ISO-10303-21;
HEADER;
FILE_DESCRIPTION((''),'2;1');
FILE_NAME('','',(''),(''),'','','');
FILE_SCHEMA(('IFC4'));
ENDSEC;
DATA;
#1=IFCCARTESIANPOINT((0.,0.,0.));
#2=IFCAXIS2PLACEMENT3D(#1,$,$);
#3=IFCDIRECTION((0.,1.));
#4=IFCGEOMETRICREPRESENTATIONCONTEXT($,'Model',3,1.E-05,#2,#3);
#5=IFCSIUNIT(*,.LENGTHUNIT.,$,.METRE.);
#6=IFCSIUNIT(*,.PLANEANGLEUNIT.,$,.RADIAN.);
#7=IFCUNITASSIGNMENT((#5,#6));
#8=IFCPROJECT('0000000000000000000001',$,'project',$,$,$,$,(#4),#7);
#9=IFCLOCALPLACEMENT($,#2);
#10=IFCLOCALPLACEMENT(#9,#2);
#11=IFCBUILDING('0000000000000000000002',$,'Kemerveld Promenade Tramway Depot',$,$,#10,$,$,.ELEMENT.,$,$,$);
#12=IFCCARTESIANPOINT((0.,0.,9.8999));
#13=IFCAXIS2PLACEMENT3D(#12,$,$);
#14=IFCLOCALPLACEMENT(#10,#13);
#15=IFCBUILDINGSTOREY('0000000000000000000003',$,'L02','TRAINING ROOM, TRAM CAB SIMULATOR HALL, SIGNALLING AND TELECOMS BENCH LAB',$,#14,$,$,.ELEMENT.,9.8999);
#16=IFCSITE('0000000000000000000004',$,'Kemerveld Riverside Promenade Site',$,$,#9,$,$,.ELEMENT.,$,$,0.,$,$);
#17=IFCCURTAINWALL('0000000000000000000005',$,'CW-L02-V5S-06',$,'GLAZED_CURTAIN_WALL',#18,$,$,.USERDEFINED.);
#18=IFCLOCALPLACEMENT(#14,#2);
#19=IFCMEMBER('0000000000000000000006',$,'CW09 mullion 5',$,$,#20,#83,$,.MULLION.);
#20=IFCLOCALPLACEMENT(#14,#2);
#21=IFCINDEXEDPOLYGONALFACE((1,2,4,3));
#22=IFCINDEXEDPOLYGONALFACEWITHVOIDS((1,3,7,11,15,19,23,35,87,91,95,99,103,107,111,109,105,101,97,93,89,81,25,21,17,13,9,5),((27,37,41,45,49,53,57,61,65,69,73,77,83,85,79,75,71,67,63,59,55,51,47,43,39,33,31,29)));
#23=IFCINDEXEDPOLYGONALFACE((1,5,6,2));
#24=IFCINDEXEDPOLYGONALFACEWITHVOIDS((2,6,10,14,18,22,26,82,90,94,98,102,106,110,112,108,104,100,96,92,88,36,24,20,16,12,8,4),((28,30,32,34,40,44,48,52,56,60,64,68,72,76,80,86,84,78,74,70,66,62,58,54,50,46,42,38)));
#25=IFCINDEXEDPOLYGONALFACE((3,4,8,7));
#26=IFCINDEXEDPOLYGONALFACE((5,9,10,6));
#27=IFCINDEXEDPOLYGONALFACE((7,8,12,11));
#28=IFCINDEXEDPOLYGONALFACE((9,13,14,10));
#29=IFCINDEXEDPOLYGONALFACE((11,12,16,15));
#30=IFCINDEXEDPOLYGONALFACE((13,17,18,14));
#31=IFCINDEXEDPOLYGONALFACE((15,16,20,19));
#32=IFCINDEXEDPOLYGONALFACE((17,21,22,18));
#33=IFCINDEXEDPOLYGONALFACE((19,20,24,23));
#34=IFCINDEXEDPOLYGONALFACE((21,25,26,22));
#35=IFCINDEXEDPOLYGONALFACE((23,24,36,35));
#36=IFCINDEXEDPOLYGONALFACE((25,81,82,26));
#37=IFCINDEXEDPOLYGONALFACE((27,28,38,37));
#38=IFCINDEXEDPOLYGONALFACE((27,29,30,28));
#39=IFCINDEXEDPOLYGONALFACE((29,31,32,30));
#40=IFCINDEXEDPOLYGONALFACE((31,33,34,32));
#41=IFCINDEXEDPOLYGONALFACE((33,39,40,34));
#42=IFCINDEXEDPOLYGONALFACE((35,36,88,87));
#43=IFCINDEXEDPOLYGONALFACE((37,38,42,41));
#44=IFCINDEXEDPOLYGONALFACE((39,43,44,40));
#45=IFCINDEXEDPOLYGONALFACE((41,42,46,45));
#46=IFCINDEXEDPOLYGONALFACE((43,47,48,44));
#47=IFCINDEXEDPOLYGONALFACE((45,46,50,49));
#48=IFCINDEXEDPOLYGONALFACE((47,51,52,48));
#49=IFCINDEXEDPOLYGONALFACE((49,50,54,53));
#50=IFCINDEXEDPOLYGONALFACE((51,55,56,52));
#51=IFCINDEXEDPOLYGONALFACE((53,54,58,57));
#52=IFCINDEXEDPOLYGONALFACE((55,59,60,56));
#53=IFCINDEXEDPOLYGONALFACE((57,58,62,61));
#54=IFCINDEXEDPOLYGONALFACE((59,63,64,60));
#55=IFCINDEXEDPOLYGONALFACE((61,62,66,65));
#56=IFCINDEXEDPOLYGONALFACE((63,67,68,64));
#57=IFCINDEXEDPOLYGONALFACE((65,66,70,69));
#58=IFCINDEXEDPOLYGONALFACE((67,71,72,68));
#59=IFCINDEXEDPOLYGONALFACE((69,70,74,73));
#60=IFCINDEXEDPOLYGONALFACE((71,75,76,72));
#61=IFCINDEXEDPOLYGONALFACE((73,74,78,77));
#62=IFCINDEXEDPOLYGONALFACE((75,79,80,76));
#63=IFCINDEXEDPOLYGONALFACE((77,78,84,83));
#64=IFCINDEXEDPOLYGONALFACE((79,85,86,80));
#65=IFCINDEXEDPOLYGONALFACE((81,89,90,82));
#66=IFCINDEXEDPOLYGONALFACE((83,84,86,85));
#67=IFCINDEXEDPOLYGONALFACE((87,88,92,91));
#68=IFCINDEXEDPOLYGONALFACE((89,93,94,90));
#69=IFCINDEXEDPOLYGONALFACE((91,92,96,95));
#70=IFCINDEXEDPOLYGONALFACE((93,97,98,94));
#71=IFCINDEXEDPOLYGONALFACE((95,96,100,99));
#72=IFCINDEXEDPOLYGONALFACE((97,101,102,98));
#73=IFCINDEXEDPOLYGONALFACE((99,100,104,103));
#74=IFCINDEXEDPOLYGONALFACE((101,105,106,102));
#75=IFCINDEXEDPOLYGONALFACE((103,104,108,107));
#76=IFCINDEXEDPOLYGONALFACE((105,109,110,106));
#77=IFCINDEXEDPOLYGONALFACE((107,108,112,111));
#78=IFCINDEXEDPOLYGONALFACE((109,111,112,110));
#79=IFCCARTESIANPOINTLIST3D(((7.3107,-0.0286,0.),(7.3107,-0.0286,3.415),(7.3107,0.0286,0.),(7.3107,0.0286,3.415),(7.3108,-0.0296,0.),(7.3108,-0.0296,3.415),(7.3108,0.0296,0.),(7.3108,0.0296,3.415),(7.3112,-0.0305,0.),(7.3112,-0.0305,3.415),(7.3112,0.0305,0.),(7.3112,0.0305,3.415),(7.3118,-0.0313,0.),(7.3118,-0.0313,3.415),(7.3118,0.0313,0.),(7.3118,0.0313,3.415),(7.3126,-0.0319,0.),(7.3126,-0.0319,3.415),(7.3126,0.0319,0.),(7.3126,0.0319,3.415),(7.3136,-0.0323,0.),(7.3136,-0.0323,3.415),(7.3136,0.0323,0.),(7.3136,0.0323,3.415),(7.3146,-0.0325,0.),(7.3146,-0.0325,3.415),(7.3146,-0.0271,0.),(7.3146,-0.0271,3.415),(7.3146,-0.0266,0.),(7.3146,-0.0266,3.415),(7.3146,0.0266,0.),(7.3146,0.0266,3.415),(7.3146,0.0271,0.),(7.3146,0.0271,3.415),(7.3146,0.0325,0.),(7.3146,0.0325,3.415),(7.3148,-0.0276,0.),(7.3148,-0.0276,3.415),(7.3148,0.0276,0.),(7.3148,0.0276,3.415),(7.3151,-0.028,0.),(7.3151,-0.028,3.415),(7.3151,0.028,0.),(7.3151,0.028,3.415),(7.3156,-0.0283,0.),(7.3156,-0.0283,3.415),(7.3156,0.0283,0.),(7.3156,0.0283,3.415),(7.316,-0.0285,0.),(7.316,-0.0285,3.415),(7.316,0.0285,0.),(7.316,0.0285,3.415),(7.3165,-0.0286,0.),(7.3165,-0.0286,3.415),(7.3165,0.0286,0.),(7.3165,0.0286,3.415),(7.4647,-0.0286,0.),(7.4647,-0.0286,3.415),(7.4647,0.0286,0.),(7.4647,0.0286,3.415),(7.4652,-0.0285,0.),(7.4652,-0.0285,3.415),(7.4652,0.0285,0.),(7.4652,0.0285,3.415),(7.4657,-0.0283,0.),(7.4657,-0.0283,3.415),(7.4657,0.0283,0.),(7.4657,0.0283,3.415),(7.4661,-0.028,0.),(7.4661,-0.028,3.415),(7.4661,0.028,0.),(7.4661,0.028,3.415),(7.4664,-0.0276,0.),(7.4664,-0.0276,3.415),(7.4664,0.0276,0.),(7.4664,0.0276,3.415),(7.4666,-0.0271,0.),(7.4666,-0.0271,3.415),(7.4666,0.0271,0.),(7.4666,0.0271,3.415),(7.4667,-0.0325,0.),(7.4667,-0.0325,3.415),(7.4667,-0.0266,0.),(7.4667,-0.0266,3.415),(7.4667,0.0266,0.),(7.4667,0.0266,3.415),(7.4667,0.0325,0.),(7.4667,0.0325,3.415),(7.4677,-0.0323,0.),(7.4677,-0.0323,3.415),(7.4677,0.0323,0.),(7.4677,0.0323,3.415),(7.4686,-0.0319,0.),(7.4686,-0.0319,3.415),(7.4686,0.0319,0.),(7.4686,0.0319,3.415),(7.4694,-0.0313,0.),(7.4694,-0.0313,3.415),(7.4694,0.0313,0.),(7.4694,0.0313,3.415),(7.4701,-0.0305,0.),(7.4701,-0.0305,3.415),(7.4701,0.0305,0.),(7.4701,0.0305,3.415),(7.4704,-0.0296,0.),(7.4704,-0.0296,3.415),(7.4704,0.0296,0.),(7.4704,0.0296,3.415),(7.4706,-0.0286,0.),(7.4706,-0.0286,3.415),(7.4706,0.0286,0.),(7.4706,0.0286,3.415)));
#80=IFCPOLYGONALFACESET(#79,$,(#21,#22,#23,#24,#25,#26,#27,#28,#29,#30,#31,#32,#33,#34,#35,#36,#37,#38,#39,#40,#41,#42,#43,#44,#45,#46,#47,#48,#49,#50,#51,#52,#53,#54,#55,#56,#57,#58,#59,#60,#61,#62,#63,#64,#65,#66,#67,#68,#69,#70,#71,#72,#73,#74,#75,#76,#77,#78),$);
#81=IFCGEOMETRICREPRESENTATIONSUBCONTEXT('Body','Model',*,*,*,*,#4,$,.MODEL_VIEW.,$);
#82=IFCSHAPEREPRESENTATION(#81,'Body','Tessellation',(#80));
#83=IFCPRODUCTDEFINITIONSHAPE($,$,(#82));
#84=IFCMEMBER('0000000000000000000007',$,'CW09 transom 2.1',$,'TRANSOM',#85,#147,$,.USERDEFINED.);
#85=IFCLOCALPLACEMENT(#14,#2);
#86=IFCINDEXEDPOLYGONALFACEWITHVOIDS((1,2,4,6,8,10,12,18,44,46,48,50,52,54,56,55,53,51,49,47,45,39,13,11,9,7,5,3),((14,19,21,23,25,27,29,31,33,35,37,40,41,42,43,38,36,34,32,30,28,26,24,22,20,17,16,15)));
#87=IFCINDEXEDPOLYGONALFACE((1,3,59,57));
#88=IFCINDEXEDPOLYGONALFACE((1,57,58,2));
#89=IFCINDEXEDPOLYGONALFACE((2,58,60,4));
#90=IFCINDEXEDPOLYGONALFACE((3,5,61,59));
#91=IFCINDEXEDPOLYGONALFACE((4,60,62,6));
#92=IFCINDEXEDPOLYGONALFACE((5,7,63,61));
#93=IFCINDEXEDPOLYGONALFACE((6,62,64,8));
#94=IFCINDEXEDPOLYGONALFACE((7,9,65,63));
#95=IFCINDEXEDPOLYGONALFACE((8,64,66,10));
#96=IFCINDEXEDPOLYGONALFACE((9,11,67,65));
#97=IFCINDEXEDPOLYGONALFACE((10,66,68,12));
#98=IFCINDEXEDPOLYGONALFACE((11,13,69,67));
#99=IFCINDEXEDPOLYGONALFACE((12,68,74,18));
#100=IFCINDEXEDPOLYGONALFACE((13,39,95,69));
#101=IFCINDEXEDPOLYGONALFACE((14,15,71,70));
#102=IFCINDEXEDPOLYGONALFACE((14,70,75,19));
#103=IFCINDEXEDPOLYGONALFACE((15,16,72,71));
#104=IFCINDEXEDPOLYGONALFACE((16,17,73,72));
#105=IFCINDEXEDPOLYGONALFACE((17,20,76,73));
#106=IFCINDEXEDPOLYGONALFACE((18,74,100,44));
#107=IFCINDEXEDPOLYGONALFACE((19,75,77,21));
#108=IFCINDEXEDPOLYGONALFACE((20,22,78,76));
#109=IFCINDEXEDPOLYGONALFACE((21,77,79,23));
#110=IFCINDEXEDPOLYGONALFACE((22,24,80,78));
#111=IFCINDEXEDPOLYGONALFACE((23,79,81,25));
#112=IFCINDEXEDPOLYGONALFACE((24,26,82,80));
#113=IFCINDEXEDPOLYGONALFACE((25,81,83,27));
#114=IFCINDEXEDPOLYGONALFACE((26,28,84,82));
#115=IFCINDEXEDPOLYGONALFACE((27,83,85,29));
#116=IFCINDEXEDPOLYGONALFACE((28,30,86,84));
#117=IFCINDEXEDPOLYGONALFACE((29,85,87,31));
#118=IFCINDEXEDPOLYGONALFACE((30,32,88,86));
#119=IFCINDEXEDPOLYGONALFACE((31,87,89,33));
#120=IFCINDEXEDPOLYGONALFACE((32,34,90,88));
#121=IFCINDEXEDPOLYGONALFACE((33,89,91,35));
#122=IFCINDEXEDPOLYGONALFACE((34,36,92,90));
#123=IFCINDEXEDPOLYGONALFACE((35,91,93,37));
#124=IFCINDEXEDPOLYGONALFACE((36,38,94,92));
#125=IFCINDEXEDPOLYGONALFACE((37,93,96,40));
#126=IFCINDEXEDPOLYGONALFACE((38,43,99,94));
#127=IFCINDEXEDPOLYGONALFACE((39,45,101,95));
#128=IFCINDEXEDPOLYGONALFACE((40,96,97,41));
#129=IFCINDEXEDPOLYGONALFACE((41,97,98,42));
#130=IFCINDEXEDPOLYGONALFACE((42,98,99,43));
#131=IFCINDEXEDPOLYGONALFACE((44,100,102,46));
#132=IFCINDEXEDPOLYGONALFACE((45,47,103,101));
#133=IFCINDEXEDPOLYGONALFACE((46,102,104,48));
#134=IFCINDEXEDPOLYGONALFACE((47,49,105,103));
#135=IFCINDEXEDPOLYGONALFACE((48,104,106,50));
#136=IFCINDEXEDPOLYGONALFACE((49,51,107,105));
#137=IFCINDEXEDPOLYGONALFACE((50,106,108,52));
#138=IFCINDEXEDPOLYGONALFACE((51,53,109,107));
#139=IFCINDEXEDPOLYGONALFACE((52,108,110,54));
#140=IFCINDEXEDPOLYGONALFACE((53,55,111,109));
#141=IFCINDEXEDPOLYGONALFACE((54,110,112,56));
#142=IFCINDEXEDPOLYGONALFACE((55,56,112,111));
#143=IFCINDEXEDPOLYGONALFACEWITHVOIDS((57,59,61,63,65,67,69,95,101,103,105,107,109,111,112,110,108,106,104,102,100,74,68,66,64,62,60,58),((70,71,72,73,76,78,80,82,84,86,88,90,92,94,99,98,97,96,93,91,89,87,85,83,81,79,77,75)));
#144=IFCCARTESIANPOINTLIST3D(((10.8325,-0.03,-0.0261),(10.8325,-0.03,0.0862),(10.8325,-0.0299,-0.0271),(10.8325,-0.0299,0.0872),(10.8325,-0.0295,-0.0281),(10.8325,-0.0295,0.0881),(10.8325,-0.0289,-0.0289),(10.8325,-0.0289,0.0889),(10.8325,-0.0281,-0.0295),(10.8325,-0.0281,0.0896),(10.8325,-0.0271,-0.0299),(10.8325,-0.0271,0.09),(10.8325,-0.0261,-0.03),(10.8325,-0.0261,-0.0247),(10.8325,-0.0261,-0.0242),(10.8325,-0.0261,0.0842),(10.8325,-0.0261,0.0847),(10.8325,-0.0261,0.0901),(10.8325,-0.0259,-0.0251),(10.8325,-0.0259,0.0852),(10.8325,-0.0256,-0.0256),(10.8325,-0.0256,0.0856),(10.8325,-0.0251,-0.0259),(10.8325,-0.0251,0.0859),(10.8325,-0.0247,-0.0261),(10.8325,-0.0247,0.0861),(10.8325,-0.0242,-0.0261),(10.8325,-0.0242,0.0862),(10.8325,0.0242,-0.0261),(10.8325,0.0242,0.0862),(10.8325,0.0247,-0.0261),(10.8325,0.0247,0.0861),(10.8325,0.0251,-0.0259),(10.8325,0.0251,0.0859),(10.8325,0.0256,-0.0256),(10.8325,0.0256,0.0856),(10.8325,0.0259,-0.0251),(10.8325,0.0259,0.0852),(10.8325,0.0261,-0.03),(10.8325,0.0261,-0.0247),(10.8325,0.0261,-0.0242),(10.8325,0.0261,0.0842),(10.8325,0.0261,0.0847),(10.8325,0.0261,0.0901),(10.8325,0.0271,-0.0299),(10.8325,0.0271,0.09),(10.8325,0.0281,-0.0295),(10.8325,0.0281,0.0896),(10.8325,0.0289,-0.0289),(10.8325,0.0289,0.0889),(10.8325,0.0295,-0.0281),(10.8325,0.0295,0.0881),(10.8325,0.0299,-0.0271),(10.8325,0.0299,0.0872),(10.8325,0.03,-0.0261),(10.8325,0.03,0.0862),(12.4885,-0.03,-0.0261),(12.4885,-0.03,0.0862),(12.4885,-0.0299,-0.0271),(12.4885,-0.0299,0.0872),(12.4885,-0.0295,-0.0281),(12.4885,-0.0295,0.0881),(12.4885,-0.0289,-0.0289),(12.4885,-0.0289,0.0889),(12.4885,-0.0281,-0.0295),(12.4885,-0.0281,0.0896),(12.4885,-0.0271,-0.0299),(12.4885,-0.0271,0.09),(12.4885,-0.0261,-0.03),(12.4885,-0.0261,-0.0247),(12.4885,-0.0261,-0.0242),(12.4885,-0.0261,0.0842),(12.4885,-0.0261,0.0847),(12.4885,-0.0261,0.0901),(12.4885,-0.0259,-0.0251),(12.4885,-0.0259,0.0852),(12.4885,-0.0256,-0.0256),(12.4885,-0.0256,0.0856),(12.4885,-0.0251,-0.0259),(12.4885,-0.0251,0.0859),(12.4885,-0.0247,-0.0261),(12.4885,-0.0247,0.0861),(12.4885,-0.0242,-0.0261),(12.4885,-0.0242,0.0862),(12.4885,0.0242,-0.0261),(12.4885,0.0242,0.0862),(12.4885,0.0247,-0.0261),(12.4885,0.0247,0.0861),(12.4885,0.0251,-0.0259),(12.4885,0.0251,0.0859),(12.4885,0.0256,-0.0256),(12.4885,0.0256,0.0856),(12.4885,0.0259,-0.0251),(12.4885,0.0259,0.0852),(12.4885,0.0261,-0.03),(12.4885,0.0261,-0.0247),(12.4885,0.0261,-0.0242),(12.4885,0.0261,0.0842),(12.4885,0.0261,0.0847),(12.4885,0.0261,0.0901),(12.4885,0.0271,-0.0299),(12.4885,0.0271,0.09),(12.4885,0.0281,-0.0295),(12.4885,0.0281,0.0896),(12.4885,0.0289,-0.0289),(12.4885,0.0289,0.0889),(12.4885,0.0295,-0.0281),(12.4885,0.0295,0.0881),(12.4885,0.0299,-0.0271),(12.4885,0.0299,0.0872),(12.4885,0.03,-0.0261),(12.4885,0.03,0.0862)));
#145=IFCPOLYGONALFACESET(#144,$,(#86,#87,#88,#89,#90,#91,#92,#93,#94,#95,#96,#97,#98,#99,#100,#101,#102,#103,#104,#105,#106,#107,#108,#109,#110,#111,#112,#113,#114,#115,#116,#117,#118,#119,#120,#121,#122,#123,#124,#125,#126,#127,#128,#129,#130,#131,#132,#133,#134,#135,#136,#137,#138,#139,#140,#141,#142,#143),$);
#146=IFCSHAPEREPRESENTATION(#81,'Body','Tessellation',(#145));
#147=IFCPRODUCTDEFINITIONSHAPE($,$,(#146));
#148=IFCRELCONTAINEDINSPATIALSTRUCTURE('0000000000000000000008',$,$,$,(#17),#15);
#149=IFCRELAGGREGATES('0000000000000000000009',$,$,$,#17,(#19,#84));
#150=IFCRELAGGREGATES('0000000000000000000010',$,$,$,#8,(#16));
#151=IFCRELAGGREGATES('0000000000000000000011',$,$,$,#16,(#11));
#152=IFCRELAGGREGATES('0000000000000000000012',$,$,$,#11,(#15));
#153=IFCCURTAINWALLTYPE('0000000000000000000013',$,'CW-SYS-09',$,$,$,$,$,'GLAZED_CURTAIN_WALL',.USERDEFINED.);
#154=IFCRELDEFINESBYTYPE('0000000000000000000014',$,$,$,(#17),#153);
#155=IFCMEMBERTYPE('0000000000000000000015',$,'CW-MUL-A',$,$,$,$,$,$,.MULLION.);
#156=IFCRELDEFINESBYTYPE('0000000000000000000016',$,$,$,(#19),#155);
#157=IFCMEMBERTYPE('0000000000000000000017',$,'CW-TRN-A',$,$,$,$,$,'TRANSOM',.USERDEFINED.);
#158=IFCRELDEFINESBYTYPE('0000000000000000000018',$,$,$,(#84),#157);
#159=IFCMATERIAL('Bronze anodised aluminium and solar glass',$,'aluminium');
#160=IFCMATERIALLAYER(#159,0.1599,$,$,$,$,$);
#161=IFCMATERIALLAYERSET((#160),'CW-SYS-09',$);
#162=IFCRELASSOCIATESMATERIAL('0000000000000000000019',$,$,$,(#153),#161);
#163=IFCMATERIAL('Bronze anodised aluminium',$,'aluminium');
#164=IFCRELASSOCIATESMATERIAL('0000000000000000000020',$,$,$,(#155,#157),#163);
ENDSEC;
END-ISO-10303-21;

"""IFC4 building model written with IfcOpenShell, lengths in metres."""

from ifc_helpers import new_model, si_unit, direction, frame, origin, origin_2d, place, context, subcontext, project, spatial, hollow_rectangle, extrude, material, layer, layer_set, material_profile, profile_set, type_object, element, aggregate, save


model = new_model("IFC4")

# Units and contexts
model_context = context("Model", 3, precision=1e-05, world=origin(), true_north=direction((0.0, 1.0)))
body_context = subcontext(model_context, "Body", "Model", "MODEL_VIEW")
ifc_project = project(units=[si_unit("LENGTHUNIT", "METRE"), si_unit("PLANEANGLEUNIT", "RADIAN")], contexts=[model_context])

# Site, building, storey
site_placement = place(None, origin())
site = spatial("IfcSite", under=ifc_project, at=site_placement, Name="Kemerveld Riverside Promenade Site", CompositionType="ELEMENT", RefElevation=0.0)
building_placement = place(site_placement, origin())
building = spatial("IfcBuilding", under=site, at=building_placement, Name="Kemerveld Promenade Tramway Depot", CompositionType="ELEMENT")
storey_placement = place(building_placement, frame((0.0, 0.0, 9.8999)))
storey = spatial("IfcBuildingStorey", under=building, at=storey_placement, Name="L02", Description="TRAINING ROOM, TRAM CAB SIMULATOR HALL, SIGNALLING AND TELECOMS BENCH LAB", CompositionType="ELEMENT", Elevation=9.8999)

# Curtain wall, members
ifc_material_1 = material(Name="Bronze anodised aluminium and solar glass", Category="aluminium")
ifc_layer_1 = layer(ifc_material_1, 0.1599)
ifc_layer_set_1 = layer_set([ifc_layer_1], Name="CW-SYS-09")
curtain_wall_type = type_object("IfcCurtainWallType", Name="CW-SYS-09", ElementType="GLAZED_CURTAIN_WALL", PredefinedType="USERDEFINED", material=ifc_layer_set_1)
curtain_wall_placement = place(storey_placement, origin())
curtain_wall = element("IfcCurtainWall", 1, at=curtain_wall_placement, inside=storey, type_object=curtain_wall_type, Name="CW-L02-V5S-06", ObjectType="GLAZED_CURTAIN_WALL", PredefinedType="USERDEFINED")
ifc_material_2 = material(Name="Bronze anodised aluminium", Category="aluminium")
ifc_material_profile_1 = material_profile(ifc_material_2, hollow_rectangle(XDim=0.0649, YDim=0.1599, WallThickness=0.0039, InnerFilletRadius=0.002, OuterFilletRadius=0.0039, at=origin_2d()), Name="CW-MUL-160x65")
ifc_profile_set_1 = profile_set([ifc_material_profile_1], Name="Bronze anodised aluminium")
member_type_1 = type_object("IfcMemberType", Name="CW-MUL-A", PredefinedType="MULLION", material=ifc_profile_set_1)
member_1_placement = place(storey_placement, frame((7.3906, 0.0, 0.0), z_axis=(0.0, 0.0, 1.0), x_axis=(0.0, -1.0, 0.0)))
member_1 = element("IfcMember", 2, at=member_1_placement, type_object=member_type_1, Name="CW09 mullion 5", PredefinedType="MULLION", context=body_context, shape_type="SweptSolid", body=[
    extrude(hollow_rectangle(XDim=0.0649, YDim=0.1599, WallThickness=0.0039, InnerFilletRadius=0.002, OuterFilletRadius=0.0039, at=origin_2d()), origin(), (0.0, 0.0, 1.0), 3.415),
])
ifc_material_profile_2 = material_profile(ifc_material_2, hollow_rectangle(XDim=0.0601, YDim=0.1201, WallThickness=0.0039, InnerFilletRadius=0.002, OuterFilletRadius=0.0039, at=origin_2d()), Name="CW-TRN-120x60")
ifc_profile_set_2 = profile_set([ifc_material_profile_2], Name="Bronze anodised aluminium")
member_type_2 = type_object("IfcMemberType", Name="CW-TRN-A", ElementType="TRANSOM", PredefinedType="USERDEFINED", material=ifc_profile_set_2)
member_2_placement = place(storey_placement, frame((12.4885, 0.0, 0.03), z_axis=(-1.0, 0.0, 0.0), x_axis=(0.0, -1.0, 0.0)))
member_2 = element("IfcMember", 3, at=member_2_placement, type_object=member_type_2, Name="CW09 transom 2.1", ObjectType="TRANSOM", PredefinedType="USERDEFINED", context=body_context, shape_type="SweptSolid", body=[
    extrude(hollow_rectangle(XDim=0.0601, YDim=0.1201, WallThickness=0.0039, InnerFilletRadius=0.002, OuterFilletRadius=0.0039, at=origin_2d()), origin(), (0.0, 0.0, 1.0), 1.656),
])
aggregate(curtain_wall, [member_1, member_2])

save(model, "model.ifc")
